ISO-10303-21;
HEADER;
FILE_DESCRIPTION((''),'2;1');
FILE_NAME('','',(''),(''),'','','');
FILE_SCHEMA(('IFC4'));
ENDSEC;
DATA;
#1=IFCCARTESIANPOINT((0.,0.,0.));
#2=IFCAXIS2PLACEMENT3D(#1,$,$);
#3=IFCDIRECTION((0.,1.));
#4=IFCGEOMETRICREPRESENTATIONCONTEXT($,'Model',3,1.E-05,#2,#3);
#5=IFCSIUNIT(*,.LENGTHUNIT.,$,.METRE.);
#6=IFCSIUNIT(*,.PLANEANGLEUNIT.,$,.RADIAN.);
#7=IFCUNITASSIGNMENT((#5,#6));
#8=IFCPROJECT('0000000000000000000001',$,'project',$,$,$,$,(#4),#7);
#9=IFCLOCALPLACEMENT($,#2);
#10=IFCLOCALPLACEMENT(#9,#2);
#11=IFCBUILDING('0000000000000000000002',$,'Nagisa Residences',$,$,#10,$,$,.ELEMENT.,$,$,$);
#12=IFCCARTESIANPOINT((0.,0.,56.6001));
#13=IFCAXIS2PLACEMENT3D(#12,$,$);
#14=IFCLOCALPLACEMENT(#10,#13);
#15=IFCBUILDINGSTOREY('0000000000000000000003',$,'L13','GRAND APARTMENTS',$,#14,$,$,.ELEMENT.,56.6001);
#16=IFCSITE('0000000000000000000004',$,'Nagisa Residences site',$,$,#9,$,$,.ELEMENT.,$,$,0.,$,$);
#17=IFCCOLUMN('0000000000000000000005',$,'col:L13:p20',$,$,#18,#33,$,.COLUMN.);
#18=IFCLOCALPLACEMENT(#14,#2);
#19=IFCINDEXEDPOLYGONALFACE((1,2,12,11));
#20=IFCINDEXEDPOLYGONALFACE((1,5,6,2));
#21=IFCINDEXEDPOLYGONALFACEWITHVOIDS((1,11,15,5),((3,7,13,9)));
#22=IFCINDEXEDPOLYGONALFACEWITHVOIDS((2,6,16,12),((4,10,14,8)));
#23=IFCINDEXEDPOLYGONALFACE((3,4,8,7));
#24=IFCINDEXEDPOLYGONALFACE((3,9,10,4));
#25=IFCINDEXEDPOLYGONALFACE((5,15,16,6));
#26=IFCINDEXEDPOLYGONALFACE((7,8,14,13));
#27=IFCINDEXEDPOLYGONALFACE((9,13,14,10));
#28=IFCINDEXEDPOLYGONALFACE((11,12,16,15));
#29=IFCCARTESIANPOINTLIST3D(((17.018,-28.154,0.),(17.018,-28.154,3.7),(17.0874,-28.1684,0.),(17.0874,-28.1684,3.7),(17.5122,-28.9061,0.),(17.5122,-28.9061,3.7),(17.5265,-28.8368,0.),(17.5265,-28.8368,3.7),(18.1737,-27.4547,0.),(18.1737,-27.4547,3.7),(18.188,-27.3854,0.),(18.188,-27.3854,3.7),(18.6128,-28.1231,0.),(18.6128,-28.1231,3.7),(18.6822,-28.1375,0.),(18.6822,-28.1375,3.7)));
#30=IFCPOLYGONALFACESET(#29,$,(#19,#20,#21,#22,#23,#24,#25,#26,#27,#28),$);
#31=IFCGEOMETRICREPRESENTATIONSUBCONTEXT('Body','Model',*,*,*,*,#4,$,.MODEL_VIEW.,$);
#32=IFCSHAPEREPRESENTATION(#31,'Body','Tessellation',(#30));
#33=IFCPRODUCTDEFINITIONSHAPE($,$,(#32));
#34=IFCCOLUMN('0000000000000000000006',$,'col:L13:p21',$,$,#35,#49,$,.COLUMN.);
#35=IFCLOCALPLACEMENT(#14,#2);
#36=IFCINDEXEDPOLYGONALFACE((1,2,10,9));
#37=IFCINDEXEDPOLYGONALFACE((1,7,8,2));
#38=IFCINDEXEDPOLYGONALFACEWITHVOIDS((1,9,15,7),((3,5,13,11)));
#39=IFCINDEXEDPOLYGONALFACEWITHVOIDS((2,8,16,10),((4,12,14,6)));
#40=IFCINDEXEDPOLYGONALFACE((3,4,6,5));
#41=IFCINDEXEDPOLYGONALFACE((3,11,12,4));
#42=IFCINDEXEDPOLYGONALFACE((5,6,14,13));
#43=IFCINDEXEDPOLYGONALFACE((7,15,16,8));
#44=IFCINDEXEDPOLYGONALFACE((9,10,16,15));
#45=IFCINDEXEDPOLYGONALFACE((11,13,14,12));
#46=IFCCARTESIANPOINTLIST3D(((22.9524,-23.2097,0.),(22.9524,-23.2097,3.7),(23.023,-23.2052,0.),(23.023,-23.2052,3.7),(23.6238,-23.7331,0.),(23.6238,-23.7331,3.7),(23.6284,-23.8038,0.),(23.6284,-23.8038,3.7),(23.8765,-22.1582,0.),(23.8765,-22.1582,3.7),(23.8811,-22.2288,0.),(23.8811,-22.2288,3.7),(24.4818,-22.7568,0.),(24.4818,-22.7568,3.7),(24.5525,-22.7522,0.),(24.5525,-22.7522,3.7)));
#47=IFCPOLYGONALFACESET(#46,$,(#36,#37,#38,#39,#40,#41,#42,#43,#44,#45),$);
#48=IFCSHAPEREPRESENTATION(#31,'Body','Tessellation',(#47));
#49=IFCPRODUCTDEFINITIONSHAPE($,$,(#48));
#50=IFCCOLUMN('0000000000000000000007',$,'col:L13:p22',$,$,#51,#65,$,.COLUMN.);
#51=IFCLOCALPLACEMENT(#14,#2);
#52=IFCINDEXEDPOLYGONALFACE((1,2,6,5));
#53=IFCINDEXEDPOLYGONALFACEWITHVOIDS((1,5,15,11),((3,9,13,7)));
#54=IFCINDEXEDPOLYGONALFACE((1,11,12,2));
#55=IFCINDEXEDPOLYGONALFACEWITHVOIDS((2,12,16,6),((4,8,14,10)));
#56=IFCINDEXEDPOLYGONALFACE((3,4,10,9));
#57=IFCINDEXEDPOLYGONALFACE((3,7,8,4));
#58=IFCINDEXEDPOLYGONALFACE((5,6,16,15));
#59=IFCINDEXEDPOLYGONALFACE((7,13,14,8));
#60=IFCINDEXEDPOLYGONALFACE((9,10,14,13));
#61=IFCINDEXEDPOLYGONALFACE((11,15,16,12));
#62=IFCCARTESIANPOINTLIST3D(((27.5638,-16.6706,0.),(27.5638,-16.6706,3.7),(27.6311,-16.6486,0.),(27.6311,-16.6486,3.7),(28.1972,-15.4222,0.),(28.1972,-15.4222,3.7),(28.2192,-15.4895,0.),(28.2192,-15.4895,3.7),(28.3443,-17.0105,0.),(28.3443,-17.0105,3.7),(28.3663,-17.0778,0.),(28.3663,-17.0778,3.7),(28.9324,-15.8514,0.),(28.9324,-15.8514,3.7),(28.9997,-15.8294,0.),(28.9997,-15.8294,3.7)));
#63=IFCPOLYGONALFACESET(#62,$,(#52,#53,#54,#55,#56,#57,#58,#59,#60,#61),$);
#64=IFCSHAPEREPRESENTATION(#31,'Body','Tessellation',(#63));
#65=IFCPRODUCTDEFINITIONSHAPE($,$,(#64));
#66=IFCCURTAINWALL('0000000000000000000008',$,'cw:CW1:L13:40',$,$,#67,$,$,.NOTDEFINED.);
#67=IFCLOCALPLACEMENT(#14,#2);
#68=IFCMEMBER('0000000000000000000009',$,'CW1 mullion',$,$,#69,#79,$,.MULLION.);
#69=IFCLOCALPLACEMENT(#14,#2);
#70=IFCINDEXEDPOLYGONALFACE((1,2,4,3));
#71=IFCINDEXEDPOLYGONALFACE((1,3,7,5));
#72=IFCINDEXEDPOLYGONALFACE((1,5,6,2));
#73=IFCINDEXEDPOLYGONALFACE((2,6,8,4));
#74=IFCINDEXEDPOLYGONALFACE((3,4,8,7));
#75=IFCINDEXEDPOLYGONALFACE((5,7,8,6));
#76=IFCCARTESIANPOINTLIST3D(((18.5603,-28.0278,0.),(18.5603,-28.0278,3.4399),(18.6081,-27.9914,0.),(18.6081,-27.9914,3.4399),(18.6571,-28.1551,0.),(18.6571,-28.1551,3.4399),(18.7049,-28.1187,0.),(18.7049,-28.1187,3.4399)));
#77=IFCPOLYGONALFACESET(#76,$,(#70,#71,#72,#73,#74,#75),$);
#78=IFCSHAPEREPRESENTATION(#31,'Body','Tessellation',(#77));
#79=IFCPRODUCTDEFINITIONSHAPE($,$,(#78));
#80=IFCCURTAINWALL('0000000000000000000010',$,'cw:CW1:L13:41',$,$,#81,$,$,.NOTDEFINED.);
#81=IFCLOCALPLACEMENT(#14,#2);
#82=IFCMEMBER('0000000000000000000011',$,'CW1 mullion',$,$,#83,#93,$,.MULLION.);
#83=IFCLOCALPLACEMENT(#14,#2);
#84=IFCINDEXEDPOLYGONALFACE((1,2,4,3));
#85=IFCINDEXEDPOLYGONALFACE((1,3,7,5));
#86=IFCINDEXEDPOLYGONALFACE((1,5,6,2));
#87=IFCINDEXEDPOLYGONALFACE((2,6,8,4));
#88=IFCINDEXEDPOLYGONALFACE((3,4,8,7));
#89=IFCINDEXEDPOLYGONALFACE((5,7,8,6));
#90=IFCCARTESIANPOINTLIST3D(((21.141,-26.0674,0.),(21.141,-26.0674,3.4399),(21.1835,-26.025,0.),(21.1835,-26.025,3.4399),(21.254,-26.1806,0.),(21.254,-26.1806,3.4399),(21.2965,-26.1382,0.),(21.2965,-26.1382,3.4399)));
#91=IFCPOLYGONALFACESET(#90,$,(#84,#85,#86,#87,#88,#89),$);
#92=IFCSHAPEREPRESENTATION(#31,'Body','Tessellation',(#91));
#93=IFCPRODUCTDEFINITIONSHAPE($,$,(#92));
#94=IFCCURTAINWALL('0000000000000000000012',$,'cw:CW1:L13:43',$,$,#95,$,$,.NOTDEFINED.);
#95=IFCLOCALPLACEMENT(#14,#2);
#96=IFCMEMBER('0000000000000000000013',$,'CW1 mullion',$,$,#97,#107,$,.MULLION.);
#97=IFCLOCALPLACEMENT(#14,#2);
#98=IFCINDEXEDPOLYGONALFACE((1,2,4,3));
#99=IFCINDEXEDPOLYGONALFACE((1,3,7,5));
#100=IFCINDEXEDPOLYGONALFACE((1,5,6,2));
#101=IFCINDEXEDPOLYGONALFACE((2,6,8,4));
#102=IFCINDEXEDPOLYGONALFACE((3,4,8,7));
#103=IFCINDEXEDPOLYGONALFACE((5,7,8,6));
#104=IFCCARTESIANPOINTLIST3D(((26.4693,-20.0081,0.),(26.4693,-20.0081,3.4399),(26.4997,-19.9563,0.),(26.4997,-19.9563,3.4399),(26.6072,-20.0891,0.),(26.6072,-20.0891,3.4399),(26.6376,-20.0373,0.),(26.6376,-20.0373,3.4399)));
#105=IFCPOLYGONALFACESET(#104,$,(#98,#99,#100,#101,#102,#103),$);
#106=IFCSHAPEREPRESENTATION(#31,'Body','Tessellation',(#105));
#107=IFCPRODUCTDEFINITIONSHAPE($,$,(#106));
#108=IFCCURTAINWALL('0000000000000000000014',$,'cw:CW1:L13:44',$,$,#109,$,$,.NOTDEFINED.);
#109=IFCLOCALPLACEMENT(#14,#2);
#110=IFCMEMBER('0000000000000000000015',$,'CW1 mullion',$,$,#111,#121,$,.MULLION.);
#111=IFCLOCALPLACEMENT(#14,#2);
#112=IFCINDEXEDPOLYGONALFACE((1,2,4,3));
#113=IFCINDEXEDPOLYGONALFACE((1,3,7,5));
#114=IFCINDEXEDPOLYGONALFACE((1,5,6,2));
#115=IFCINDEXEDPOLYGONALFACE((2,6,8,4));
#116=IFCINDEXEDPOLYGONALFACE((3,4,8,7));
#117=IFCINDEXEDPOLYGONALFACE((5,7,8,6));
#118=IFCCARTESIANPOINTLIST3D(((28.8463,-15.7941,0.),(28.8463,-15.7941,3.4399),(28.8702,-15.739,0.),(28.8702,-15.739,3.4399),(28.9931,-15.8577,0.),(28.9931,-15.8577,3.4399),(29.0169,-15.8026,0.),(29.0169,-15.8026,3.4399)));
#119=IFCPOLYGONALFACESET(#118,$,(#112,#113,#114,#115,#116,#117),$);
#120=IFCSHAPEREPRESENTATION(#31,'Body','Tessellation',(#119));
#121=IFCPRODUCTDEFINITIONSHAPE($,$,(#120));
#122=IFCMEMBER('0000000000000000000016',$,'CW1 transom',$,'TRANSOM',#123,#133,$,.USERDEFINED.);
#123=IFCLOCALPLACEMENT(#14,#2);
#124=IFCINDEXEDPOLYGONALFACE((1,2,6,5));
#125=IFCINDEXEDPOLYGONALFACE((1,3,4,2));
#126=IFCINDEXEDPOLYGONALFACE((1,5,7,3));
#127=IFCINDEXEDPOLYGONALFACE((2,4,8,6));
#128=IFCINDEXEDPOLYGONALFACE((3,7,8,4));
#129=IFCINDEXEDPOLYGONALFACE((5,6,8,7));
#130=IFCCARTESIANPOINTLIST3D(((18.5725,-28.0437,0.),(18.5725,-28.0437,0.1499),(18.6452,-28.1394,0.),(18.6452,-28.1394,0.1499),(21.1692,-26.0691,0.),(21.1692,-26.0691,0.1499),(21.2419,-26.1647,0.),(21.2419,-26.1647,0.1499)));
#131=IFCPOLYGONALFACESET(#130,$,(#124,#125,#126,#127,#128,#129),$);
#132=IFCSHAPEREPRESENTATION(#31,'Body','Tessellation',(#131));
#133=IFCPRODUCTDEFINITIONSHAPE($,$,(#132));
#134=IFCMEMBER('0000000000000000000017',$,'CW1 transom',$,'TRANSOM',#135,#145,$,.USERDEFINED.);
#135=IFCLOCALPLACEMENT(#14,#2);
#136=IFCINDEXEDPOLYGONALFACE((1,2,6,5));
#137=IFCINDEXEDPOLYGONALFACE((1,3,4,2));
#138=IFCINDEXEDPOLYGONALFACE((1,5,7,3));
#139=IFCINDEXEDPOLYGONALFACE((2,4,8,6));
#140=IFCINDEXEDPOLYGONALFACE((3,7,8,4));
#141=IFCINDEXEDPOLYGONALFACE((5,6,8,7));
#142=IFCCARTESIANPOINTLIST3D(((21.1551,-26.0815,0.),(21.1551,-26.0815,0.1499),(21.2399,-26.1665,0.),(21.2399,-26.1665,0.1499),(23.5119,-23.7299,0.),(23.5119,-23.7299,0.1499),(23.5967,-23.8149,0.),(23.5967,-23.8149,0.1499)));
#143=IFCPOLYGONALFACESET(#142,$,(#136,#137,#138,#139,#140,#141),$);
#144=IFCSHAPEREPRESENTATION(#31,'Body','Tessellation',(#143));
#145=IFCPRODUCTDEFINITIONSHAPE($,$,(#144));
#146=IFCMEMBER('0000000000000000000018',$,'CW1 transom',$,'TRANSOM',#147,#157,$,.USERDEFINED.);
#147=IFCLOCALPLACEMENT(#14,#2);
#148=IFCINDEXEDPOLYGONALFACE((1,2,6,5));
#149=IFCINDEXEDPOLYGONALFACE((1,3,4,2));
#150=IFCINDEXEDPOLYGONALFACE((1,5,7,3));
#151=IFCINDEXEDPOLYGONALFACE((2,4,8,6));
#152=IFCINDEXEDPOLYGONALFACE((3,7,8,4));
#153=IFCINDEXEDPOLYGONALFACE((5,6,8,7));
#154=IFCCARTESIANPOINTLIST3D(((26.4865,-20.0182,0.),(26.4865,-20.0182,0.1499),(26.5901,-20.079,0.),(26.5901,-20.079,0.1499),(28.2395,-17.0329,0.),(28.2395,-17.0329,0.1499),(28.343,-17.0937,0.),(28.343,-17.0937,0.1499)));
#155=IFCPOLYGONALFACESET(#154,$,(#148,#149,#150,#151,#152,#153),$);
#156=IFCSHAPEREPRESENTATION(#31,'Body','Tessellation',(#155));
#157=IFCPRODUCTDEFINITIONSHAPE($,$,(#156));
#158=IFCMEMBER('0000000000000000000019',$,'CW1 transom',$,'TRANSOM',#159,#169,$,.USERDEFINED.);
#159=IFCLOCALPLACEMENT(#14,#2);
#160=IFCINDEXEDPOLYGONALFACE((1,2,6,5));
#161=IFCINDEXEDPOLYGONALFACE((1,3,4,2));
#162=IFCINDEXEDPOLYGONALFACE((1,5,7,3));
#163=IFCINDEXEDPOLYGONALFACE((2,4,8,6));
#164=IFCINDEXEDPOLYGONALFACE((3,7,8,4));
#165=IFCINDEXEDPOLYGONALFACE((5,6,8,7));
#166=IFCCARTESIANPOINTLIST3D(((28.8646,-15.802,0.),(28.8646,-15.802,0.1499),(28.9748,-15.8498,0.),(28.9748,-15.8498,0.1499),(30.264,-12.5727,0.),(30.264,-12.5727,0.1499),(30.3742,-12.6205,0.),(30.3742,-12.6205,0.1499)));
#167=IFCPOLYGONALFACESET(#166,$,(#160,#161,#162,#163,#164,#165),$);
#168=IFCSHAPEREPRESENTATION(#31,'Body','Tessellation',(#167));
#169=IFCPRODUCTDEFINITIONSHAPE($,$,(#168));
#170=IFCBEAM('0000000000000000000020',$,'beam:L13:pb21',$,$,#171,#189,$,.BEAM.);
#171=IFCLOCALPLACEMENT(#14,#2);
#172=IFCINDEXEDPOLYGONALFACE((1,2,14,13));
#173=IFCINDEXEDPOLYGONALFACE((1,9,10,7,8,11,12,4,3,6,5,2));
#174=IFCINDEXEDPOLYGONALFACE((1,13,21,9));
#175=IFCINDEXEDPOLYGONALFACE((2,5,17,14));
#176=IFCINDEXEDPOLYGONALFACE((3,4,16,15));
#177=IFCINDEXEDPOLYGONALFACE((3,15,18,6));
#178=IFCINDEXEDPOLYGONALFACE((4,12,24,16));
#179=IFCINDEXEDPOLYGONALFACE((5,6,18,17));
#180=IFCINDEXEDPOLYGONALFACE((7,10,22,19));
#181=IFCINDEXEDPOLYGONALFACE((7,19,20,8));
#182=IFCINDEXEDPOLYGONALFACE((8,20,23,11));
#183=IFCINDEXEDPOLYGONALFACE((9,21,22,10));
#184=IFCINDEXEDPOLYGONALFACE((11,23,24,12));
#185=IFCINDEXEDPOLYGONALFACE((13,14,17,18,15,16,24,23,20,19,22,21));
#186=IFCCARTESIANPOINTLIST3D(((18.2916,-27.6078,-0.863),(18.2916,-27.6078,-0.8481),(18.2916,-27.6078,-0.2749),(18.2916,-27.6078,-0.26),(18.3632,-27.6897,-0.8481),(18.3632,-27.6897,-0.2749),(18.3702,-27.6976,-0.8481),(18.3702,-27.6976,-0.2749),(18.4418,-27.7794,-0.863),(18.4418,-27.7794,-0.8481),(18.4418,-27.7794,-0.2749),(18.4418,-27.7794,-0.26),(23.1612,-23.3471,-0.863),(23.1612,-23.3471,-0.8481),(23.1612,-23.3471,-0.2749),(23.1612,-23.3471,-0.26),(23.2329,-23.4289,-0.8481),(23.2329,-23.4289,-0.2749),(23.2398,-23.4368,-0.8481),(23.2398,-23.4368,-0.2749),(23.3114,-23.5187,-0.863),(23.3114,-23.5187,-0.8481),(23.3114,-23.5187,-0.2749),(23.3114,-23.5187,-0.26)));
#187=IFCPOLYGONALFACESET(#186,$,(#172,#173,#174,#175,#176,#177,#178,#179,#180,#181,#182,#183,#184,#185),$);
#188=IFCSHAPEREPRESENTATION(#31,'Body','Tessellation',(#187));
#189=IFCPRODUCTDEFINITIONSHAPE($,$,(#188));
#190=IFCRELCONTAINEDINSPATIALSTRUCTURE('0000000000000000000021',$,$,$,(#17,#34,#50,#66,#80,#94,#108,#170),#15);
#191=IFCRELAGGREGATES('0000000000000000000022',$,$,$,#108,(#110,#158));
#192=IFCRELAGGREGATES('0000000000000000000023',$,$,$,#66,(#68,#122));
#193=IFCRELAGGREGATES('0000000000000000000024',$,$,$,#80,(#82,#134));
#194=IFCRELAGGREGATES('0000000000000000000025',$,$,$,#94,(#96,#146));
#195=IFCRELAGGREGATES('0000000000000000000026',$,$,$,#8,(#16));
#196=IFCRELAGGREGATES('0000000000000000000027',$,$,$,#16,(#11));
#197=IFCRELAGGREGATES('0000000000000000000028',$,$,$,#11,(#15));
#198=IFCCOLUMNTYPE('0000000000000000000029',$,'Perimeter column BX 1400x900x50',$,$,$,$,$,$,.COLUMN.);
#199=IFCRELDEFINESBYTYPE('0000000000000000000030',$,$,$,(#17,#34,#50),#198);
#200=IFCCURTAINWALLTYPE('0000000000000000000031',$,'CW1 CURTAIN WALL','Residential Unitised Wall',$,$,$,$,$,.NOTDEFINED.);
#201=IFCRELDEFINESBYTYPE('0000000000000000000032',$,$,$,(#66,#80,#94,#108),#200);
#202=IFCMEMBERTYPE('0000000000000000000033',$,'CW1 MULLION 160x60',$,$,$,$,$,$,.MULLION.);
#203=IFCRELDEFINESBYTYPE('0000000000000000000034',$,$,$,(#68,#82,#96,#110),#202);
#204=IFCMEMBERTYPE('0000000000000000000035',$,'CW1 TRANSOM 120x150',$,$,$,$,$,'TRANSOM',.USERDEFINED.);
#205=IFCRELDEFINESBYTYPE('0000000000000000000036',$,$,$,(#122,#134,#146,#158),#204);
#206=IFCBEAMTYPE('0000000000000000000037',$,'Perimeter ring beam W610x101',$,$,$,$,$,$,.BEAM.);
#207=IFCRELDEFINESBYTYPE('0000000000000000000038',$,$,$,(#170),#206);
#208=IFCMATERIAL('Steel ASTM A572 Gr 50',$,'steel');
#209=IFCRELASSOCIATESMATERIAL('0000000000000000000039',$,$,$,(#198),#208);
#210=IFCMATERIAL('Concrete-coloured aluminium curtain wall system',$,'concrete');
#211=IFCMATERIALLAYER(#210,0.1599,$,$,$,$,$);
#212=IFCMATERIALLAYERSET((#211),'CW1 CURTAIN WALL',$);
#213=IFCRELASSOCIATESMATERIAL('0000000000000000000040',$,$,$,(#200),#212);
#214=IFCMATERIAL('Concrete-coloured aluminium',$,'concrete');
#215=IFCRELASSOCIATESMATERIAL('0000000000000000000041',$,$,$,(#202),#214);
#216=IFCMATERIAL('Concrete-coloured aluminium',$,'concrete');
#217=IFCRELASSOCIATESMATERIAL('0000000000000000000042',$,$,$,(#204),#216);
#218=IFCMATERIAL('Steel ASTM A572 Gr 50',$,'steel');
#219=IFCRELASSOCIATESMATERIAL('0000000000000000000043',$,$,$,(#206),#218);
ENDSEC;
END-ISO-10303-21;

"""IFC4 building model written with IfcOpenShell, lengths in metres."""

from ifc_helpers import new_model, si_unit, direction, frame, origin, origin_2d, place, context, subcontext, project, spatial, rectangle, hollow_rectangle, i_section, extrude, material, layer, layer_set, material_profile, profile_set, type_object, element, aggregate, save


model = new_model("IFC4")

# Units and contexts
model_context = context("Model", 3, precision=1e-05, world=origin(), true_north=direction((0.0, 1.0)))
body_context = subcontext(model_context, "Body", "Model", "MODEL_VIEW")
ifc_project = project(units=[si_unit("LENGTHUNIT", "METRE"), si_unit("PLANEANGLEUNIT", "RADIAN")], contexts=[model_context])

# Site, building, storey
site_placement = place(None, origin())
site = spatial("IfcSite", under=ifc_project, at=site_placement, Name="Nagisa Residences site", CompositionType="ELEMENT", RefElevation=0.0)
building_placement = place(site_placement, origin())
building = spatial("IfcBuilding", under=site, at=building_placement, Name="Nagisa Residences", CompositionType="ELEMENT")
storey_placement = place(building_placement, frame((0.0, 0.0, 56.6001)))
storey = spatial("IfcBuildingStorey", under=building, at=storey_placement, Name="L13", Description="GRAND APARTMENTS", CompositionType="ELEMENT", Elevation=56.6001)

# Columns
ifc_material_1 = material(Name="Steel ASTM A572 Gr 50", Category="steel")
ifc_material_profile_1 = material_profile(ifc_material_1, hollow_rectangle(XDim=1.3999, YDim=0.8999, WallThickness=0.05, at=origin_2d()), Name="BX 1400x900x50")
ifc_profile_set_1 = profile_set([ifc_material_profile_1], Name="Steel ASTM A572 Gr 50")
column_type = type_object("IfcColumnType", Name="Perimeter column BX 1400x900x50", PredefinedType="COLUMN", material=ifc_profile_set_1)
for number, where, z_axis, x_axis, name in (
    (1, (17.8501, -28.1458, 0.0), (0.0, 0.0, 1.0), (0.835766, 0.549086, 0.0), "col:L13:p20"),
    (2, (23.7524, -22.981, 0.0), (0.0, 0.0, 1.0), (0.660115, 0.751165, 0.0), "col:L13:p21"),
    (3, (28.2817, -16.25, 0.0), (0.0, 0.0, 1.0), (0.452463, 0.891783, 0.0), "col:L13:p22"),
):
    element("IfcColumn", number, at=place(storey_placement, frame(where, z_axis=z_axis, x_axis=x_axis)), inside=storey, type_object=column_type, Name=name, PredefinedType="COLUMN", context=body_context, shape_type="SweptSolid", body=[
        extrude(hollow_rectangle(XDim=1.3999, YDim=0.8999, WallThickness=0.05, at=origin_2d()), origin(), (0.0, 0.0, 1.0), 3.7),
    ])

# Curtain walls, members
ifc_material_2 = material(Name="Concrete-coloured aluminium curtain wall system", Category="concrete")
ifc_layer_1 = layer(ifc_material_2, 0.1599)
ifc_layer_set_1 = layer_set([ifc_layer_1], Name="CW1 CURTAIN WALL")
curtain_wall_type = type_object("IfcCurtainWallType", Name="CW1 CURTAIN WALL", Description="Residential Unitised Wall", PredefinedType="NOTDEFINED", material=ifc_layer_set_1)
curtain_wall_1_placement = place(storey_placement, origin())
curtain_wall_1 = element("IfcCurtainWall", 4, at=curtain_wall_1_placement, inside=storey, type_object=curtain_wall_type, Name="cw:CW1:L13:40", PredefinedType="NOTDEFINED")
ifc_material_3 = material(Name="Concrete-coloured aluminium", Category="concrete")
ifc_material_profile_2 = material_profile(ifc_material_3, rectangle(XDim=0.1599, YDim=0.0601, at=origin_2d()), Name="CW1 MULLION 160x60")
ifc_profile_set_2 = profile_set([ifc_material_profile_2], Name="Concrete-coloured aluminium")
member_type_1 = type_object("IfcMemberType", Name="CW1 MULLION 160x60", PredefinedType="MULLION", material=ifc_profile_set_2)
member_1_placement = place(storey_placement, frame((18.6326, -28.0732, 0.0), z_axis=(0.0, 0.0, 1.0), x_axis=(-0.605255, 0.796031, 0.0)))
member_1 = element("IfcMember", 5, at=member_1_placement, type_object=member_type_1, Name="CW1 mullion", PredefinedType="MULLION", context=body_context, shape_type="SweptSolid", body=[
    extrude(rectangle(XDim=0.1599, YDim=0.0601, at=origin_2d()), origin(), (0.0, 0.0, 1.0), 3.4399),
])
curtain_wall_2_placement = place(storey_placement, origin())
curtain_wall_2 = element("IfcCurtainWall", 6, at=curtain_wall_2_placement, inside=storey, type_object=curtain_wall_type, Name="cw:CW1:L13:41", PredefinedType="NOTDEFINED")
member_2_placement = place(storey_placement, frame((21.2188, -26.1028, 0.0), z_axis=(0.0, 0.0, 1.0), x_axis=(-0.706377, 0.707836, 0.0)))
member_2 = element("IfcMember", 7, at=member_2_placement, type_object=member_type_1, Name="CW1 mullion", PredefinedType="MULLION", context=body_context, shape_type="SweptSolid", body=[
    extrude(rectangle(XDim=0.1599, YDim=0.0601, at=origin_2d()), origin(), (0.0, 0.0, 1.0), 3.4399),
])
curtain_wall_3_placement = place(storey_placement, origin())
curtain_wall_3 = element("IfcCurtainWall", 8, at=curtain_wall_3_placement, inside=storey, type_object=curtain_wall_type, Name="cw:CW1:L13:43", PredefinedType="NOTDEFINED")
member_3_placement = place(storey_placement, frame((26.5535, -20.0227, 0.0), z_axis=(0.0, 0.0, 1.0), x_axis=(-0.862329, 0.506349, 0.0)))
member_3 = element("IfcMember", 9, at=member_3_placement, type_object=member_type_1, Name="CW1 mullion", PredefinedType="MULLION", context=body_context, shape_type="SweptSolid", body=[
    extrude(rectangle(XDim=0.1599, YDim=0.0601, at=origin_2d()), origin(), (0.0, 0.0, 1.0), 3.4399),
])
curtain_wall_4_placement = place(storey_placement, origin())
curtain_wall_4 = element("IfcCurtainWall", 10, at=curtain_wall_4_placement, inside=storey, type_object=curtain_wall_type, Name="cw:CW1:L13:44", PredefinedType="NOTDEFINED")
member_4_placement = place(storey_placement, frame((28.9316, -15.7983, 0.0), z_axis=(0.0, 0.0, 1.0), x_axis=(-0.917543, 0.397636, 0.0)))
member_4 = element("IfcMember", 11, at=member_4_placement, type_object=member_type_1, Name="CW1 mullion", PredefinedType="MULLION", context=body_context, shape_type="SweptSolid", body=[
    extrude(rectangle(XDim=0.1599, YDim=0.0601, at=origin_2d()), origin(), (0.0, 0.0, 1.0), 3.4399),
])

# Members
ifc_material_4 = material(Name="Concrete-coloured aluminium", Category="concrete")
ifc_material_profile_3 = material_profile(ifc_material_4, rectangle(XDim=0.1201, YDim=0.1499, at=origin_2d()), Name="CW1 TRANSOM 120x150")
ifc_profile_set_3 = profile_set([ifc_material_profile_3], Name="Concrete-coloured aluminium")
member_type_2 = type_object("IfcMemberType", Name="CW1 TRANSOM 120x150", ElementType="TRANSOM", PredefinedType="USERDEFINED", material=ifc_profile_set_3)
member_5_placement = place(storey_placement, frame((18.6089, -28.0916, 0.075), z_axis=(0.795995, 0.605303, 0.0), x_axis=(-0.605303, 0.795995, 0.0)))
member_5 = element("IfcMember", 12, at=member_5_placement, type_object=member_type_2, Name="CW1 transom", ObjectType="TRANSOM", PredefinedType="USERDEFINED", context=body_context, shape_type="SweptSolid", body=[
    extrude(rectangle(XDim=0.1201, YDim=0.1499, at=origin_2d()), origin(), (0.0, 0.0, 1.0), 3.2622),
])
member_6_placement = place(storey_placement, frame((21.1975, -26.124, 0.075), z_axis=(0.707876, 0.706336, 0.0), x_axis=(-0.706336, 0.707876, 0.0)))
member_6 = element("IfcMember", 13, at=member_6_placement, type_object=member_type_2, Name="CW1 transom", ObjectType="TRANSOM", PredefinedType="USERDEFINED", context=body_context, shape_type="SweptSolid", body=[
    extrude(rectangle(XDim=0.1201, YDim=0.1499, at=origin_2d()), origin(), (0.0, 0.0, 1.0), 3.3293),
])
member_7_placement = place(storey_placement, frame((26.5383, -20.0486, 0.075), z_axis=(0.506342, 0.862333, 0.0), x_axis=(-0.862333, 0.506342, 0.0)))
member_7 = element("IfcMember", 14, at=member_7_placement, type_object=member_type_2, Name="CW1 transom", ObjectType="TRANSOM", PredefinedType="USERDEFINED", context=body_context, shape_type="SweptSolid", body=[
    extrude(rectangle(XDim=0.1201, YDim=0.1499, at=origin_2d()), origin(), (0.0, 0.0, 1.0), 3.4619),
])
member_8_placement = place(storey_placement, frame((28.9197, -15.8259, 0.075), z_axis=(0.397625, 0.917548, 0.0), x_axis=(-0.917548, 0.397625, 0.0)))
member_8 = element("IfcMember", 15, at=member_8_placement, type_object=member_type_2, Name="CW1 transom", ObjectType="TRANSOM", PredefinedType="USERDEFINED", context=body_context, shape_type="SweptSolid", body=[
    extrude(rectangle(XDim=0.1201, YDim=0.1499, at=origin_2d()), origin(), (0.0, 0.0, 1.0), 3.5195),
])
aggregate(curtain_wall_4, [member_4, member_8])

# Beam
ifc_material_5 = material(Name="Steel ASTM A572 Gr 50", Category="steel")
ifc_material_profile_4 = material_profile(ifc_material_5, i_section(OverallWidth=0.228, OverallDepth=0.603, WebThickness=0.0105, FlangeThickness=0.0149, at=origin_2d()), Name="W610x101")
ifc_profile_set_4 = profile_set([ifc_material_profile_4], Name="Steel ASTM A572 Gr 50")
beam_type_1 = type_object("IfcBeamType", Name="Perimeter ring beam W610x101", PredefinedType="BEAM", material=ifc_profile_set_4)
beam_1_placement = place(storey_placement, frame((18.3667, -27.6936, -0.5615), z_axis=(0.752591, 0.658489, 0.0), x_axis=(-0.658489, 0.752591, 0.0)))
element("IfcBeam", 16, at=beam_1_placement, inside=storey, type_object=beam_type_1, Name="beam:L13:pb21", PredefinedType="BEAM", context=body_context, shape_type="SweptSolid", body=[
    extrude(i_section(OverallWidth=0.228, OverallDepth=0.603, WebThickness=0.0105, FlangeThickness=0.0149, at=origin_2d()), origin(), (0.0, 0.0, 1.0), 6.4705),
])

aggregate(curtain_wall_1, [member_1, member_5])
aggregate(curtain_wall_2, [member_2, member_6])
aggregate(curtain_wall_3, [member_3, member_7])

save(model, "model.ifc")
